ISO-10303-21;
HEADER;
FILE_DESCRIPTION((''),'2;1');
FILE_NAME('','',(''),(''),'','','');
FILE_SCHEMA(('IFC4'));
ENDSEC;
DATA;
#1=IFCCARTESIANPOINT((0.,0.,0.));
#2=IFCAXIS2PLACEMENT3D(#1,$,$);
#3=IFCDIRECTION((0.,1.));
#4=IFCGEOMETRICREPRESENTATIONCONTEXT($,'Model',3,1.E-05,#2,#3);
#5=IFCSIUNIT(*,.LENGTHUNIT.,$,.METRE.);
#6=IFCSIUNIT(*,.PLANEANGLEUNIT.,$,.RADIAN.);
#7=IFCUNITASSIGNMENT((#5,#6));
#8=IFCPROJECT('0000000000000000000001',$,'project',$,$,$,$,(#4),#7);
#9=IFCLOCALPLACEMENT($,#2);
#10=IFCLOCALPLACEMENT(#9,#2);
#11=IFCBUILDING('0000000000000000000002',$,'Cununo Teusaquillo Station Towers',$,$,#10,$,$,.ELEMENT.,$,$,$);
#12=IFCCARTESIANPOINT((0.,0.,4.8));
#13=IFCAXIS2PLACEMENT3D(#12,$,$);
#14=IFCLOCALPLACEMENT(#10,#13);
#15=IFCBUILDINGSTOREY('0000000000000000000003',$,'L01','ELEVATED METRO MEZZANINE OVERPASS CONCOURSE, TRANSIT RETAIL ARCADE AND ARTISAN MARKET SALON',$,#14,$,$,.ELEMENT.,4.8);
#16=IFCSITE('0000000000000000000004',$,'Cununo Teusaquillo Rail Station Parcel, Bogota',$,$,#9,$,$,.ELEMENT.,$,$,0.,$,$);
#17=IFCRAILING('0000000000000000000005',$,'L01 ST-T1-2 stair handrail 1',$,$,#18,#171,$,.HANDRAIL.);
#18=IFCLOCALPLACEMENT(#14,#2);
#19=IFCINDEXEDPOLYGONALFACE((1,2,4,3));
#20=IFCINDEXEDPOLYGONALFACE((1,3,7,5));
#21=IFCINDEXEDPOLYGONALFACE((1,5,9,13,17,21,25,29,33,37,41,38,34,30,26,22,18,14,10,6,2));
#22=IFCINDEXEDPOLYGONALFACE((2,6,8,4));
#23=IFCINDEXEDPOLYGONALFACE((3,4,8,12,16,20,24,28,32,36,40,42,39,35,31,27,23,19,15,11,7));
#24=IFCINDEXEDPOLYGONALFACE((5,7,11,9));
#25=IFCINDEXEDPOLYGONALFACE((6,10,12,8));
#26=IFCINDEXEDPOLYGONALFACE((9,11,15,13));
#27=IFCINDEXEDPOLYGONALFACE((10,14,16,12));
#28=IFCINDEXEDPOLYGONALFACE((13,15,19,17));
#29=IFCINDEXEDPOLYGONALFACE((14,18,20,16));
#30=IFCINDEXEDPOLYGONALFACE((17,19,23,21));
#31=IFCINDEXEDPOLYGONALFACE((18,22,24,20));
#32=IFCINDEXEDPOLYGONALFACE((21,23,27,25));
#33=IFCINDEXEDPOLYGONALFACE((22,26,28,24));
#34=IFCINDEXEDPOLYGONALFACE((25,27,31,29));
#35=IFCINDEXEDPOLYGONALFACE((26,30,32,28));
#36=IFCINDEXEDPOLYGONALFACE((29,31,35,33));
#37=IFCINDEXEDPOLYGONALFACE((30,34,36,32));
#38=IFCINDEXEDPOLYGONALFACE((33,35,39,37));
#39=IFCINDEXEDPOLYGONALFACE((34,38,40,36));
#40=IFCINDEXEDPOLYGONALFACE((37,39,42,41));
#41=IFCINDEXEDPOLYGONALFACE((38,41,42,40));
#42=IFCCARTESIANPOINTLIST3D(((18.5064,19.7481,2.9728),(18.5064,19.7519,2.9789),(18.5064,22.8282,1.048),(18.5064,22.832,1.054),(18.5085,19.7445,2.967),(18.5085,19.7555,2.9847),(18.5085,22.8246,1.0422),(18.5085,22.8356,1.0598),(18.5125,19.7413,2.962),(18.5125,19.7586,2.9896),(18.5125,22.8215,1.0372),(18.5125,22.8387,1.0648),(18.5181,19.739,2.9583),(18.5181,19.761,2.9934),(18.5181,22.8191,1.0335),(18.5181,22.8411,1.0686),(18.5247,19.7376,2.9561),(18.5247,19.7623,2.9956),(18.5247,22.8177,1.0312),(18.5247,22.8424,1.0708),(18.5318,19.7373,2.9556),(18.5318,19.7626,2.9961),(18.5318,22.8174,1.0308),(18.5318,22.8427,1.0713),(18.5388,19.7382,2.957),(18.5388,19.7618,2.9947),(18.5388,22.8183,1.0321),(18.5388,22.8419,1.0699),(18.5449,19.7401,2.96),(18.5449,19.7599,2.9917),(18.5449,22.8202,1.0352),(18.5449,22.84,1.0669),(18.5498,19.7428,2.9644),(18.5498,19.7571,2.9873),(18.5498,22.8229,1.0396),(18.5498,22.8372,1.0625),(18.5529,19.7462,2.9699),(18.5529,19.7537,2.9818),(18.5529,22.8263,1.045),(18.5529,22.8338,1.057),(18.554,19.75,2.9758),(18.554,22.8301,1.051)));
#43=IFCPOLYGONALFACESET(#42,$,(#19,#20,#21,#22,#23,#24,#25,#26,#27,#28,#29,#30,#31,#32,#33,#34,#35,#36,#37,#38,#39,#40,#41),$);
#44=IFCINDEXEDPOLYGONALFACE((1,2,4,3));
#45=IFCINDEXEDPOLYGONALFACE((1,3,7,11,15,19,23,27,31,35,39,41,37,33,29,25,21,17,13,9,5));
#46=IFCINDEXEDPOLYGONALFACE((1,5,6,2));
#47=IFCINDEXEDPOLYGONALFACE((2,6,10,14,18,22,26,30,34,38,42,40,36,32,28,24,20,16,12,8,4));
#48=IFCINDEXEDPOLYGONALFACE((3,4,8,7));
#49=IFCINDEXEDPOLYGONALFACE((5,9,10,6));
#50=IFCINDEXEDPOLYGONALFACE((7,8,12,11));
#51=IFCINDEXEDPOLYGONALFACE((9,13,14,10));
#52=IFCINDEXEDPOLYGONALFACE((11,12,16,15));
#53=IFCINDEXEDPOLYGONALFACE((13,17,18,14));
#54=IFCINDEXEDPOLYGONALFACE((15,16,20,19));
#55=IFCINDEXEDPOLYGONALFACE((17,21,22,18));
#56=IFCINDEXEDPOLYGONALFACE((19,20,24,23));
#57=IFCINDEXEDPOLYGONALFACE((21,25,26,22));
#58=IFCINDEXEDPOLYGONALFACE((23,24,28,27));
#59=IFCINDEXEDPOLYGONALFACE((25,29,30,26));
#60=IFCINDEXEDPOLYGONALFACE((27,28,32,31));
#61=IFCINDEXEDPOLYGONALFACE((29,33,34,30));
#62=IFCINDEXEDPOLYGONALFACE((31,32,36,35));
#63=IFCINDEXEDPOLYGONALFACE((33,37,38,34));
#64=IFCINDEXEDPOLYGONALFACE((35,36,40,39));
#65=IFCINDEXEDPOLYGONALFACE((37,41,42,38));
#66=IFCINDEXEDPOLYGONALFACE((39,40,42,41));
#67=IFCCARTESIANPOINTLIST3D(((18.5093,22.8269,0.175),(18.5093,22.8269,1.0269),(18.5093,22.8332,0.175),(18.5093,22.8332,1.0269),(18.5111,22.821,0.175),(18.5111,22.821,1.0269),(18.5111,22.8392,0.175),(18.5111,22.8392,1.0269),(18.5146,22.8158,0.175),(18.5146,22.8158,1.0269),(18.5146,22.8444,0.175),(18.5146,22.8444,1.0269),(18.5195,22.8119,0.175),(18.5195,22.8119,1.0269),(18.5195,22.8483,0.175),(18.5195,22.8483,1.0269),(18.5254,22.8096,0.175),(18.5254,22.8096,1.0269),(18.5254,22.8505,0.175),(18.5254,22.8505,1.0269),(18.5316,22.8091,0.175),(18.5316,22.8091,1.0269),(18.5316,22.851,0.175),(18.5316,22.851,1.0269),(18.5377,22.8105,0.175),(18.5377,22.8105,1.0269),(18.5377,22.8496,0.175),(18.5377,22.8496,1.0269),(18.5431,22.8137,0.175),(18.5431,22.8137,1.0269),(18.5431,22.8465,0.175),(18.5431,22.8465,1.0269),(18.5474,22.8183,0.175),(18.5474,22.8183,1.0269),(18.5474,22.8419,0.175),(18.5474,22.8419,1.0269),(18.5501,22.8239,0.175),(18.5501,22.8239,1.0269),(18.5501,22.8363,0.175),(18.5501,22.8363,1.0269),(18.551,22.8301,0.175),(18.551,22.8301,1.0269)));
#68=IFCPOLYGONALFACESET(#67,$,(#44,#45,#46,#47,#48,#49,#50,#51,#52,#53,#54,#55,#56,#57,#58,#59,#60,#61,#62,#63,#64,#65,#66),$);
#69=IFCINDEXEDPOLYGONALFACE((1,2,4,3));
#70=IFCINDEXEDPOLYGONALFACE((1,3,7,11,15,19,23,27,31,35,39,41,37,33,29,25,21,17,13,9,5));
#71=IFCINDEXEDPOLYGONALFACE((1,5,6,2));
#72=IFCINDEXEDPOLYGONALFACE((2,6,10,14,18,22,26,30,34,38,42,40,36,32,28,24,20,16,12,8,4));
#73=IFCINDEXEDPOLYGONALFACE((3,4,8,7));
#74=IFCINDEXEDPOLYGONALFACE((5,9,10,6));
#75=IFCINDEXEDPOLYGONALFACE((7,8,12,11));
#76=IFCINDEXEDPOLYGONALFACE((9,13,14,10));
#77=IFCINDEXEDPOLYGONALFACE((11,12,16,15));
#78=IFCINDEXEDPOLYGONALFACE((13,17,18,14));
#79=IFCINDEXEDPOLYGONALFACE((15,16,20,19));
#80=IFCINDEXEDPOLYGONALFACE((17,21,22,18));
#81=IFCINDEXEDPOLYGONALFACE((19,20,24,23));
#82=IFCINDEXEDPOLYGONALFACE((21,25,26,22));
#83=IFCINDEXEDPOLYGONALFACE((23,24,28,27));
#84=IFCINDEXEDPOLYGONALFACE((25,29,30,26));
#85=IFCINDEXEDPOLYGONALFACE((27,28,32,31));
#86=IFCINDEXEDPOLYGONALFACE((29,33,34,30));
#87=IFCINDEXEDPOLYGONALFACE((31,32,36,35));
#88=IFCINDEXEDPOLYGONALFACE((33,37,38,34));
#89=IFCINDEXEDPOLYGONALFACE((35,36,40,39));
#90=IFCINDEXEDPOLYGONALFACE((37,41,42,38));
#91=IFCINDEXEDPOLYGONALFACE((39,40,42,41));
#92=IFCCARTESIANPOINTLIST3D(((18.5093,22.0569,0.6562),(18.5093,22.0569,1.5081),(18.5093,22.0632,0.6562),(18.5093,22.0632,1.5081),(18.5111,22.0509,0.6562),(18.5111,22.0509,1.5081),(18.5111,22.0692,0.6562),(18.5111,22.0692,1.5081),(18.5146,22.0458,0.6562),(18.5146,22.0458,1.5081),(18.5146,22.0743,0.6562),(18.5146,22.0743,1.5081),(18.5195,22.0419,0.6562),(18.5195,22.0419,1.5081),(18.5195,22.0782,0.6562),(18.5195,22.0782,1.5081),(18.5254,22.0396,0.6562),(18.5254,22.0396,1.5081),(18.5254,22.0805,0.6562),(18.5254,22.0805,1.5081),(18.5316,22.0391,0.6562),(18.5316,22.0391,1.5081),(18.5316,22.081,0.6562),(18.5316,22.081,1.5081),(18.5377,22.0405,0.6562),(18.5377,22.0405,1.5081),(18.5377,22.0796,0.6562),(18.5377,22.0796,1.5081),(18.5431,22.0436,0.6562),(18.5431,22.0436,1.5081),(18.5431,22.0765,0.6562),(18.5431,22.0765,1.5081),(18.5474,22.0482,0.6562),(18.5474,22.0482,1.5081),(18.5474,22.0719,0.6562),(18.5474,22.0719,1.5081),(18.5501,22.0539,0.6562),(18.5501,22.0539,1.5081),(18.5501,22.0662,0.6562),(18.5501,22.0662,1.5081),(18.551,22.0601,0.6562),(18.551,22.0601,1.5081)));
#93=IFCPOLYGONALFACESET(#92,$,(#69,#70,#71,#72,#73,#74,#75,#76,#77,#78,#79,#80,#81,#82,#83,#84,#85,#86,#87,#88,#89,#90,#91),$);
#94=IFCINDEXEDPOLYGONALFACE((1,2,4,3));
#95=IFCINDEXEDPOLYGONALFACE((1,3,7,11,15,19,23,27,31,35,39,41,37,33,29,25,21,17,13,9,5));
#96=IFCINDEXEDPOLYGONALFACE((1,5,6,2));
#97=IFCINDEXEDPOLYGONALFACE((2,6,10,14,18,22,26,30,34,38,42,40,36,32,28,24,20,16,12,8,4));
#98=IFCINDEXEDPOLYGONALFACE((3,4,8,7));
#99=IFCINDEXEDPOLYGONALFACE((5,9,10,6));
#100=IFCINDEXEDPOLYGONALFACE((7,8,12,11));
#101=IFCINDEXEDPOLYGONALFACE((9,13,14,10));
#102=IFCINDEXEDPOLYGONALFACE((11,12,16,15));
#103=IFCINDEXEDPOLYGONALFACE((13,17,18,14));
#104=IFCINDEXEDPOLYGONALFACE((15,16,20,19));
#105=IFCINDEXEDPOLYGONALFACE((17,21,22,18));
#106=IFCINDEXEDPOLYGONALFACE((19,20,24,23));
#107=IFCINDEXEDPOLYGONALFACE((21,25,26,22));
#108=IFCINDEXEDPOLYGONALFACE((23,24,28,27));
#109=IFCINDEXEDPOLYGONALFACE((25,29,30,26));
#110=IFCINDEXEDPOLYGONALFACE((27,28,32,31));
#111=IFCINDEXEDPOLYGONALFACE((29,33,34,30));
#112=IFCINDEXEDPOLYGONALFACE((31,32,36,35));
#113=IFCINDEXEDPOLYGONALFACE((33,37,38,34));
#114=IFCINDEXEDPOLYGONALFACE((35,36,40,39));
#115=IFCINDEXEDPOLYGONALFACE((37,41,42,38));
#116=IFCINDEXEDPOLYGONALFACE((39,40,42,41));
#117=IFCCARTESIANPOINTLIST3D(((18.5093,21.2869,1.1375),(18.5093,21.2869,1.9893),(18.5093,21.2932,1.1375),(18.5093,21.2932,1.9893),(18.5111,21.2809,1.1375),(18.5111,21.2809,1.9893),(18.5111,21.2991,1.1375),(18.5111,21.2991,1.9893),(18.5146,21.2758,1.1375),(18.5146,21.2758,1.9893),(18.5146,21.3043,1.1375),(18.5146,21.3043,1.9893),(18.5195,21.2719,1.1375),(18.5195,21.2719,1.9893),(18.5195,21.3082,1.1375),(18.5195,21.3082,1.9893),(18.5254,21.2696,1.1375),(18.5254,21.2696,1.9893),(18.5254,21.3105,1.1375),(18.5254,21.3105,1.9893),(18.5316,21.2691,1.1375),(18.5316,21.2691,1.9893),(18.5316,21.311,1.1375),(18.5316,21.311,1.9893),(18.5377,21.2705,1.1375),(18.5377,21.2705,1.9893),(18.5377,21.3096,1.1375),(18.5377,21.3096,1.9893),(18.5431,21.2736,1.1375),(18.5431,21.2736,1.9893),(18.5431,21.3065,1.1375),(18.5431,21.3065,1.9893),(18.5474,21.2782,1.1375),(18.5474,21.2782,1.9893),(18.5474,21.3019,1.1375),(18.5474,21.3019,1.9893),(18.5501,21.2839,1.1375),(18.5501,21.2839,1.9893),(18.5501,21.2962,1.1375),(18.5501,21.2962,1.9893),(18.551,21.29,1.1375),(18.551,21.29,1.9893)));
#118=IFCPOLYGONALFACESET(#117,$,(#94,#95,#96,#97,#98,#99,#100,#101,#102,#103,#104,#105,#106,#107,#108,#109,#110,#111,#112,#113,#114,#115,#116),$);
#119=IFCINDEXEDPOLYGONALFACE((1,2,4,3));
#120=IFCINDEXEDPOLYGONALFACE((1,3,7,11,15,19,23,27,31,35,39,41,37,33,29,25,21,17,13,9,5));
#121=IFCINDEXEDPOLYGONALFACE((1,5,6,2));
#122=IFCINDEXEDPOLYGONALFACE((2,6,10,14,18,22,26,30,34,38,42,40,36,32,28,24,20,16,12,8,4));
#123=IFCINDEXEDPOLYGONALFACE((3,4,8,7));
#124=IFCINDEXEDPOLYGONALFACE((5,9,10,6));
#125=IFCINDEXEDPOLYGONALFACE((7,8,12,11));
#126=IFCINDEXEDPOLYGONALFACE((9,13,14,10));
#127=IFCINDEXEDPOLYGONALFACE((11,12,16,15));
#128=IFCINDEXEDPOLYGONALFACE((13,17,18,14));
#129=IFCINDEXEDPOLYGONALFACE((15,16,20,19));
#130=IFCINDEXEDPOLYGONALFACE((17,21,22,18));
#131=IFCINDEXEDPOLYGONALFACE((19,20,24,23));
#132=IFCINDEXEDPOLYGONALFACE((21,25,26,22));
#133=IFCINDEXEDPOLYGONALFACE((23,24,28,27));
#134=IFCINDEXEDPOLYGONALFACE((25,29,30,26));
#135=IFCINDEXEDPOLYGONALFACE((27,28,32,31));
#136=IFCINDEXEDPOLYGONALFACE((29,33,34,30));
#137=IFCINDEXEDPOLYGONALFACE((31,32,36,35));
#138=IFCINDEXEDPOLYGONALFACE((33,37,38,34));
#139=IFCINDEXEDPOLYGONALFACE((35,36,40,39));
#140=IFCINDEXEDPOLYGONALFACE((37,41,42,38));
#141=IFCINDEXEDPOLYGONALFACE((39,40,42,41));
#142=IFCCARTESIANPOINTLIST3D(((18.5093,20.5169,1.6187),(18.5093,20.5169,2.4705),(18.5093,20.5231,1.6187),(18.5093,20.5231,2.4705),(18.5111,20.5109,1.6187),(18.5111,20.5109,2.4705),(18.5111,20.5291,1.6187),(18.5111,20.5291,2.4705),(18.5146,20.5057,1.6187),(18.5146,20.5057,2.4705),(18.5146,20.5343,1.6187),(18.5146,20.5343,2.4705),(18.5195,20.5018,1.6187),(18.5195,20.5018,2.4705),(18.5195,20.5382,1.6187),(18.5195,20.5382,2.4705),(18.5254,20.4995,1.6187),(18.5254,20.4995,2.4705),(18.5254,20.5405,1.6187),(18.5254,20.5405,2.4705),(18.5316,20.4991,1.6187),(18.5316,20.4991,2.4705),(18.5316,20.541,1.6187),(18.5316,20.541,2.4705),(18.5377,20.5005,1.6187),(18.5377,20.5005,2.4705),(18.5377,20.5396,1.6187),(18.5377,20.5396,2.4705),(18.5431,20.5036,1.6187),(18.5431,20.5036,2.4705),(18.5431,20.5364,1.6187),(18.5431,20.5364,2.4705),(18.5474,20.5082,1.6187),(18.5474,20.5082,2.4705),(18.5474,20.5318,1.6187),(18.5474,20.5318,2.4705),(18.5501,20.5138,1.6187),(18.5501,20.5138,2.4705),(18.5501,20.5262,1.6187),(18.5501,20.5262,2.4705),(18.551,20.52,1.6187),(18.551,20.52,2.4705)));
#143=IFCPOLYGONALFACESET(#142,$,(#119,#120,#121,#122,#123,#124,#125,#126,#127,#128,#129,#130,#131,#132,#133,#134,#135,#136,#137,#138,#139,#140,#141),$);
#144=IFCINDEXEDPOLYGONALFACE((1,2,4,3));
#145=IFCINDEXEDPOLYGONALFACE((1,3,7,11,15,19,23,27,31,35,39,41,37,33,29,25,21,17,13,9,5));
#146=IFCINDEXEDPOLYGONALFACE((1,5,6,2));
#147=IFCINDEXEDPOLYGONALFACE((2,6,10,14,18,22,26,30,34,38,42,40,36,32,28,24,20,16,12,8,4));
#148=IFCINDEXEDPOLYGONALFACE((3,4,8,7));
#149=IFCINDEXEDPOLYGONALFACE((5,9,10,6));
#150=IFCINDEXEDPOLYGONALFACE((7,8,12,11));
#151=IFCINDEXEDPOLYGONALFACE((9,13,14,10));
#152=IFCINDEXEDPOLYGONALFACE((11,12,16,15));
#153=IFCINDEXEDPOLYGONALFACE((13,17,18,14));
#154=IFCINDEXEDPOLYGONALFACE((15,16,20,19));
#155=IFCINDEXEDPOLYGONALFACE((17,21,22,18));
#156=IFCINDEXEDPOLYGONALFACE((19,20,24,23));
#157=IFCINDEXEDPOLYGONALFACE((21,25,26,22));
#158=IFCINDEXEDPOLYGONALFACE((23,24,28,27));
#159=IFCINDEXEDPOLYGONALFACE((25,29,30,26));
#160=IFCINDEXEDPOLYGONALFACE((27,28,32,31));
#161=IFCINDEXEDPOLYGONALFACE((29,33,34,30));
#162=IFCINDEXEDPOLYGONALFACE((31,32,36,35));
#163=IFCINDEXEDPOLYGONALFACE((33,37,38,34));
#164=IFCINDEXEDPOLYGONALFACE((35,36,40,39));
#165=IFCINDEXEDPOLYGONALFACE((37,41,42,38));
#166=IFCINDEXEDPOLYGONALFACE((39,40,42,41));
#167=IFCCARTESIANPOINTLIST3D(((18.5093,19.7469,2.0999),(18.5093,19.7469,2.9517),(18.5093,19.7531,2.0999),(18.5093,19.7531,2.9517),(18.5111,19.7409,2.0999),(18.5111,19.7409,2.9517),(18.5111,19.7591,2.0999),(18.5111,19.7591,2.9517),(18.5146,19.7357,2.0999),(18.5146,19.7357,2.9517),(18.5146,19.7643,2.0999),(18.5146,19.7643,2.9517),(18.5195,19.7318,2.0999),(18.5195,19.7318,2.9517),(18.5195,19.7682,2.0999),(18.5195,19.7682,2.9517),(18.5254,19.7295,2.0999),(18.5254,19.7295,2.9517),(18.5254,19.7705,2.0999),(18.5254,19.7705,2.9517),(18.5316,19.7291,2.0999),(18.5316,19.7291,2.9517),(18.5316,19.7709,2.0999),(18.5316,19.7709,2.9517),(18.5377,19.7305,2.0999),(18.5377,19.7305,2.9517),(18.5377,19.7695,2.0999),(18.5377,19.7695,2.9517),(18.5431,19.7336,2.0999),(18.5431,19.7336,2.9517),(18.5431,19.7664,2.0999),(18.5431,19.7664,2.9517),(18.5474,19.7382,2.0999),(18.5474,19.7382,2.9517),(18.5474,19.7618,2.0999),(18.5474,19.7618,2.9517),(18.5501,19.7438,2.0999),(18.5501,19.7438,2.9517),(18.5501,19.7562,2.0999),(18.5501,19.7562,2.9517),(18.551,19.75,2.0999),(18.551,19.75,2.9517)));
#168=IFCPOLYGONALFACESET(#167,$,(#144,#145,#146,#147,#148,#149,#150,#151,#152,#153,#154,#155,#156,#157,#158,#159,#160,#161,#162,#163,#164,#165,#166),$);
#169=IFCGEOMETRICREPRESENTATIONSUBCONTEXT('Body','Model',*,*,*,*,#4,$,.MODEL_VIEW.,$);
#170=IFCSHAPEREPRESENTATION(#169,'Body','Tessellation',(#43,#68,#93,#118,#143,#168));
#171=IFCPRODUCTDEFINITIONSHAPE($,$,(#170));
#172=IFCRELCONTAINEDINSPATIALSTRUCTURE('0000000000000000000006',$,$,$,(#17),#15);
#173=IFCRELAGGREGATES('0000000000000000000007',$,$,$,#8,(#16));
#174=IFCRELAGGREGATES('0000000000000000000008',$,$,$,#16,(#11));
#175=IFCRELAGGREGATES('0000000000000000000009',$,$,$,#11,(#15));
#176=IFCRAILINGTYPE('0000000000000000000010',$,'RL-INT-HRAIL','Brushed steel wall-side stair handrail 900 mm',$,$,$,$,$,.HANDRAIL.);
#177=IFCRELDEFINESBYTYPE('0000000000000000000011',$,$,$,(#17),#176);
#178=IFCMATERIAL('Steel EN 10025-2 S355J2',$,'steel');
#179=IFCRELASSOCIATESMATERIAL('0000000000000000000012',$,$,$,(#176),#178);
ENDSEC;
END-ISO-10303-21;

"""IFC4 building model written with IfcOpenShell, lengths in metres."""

from ifc_helpers import new_model, si_unit, direction, frame, origin, origin_2d, place, context, subcontext, project, spatial, circle, extrude, material, type_object, element, save


model = new_model("IFC4")

# Units and contexts
model_context = context("Model", 3, precision=1e-05, world=origin(), true_north=direction((0.0, 1.0)))
body_context = subcontext(model_context, "Body", "Model", "MODEL_VIEW")
ifc_project = project(units=[si_unit("LENGTHUNIT", "METRE"), si_unit("PLANEANGLEUNIT", "RADIAN")], contexts=[model_context])

# Site, building, storey
site_placement = place(None, origin())
site = spatial("IfcSite", under=ifc_project, at=site_placement, Name="Cununo Teusaquillo Rail Station Parcel, Bogota", CompositionType="ELEMENT", RefElevation=0.0)
building_placement = place(site_placement, origin())
building = spatial("IfcBuilding", under=site, at=building_placement, Name="Cununo Teusaquillo Station Towers", CompositionType="ELEMENT")
storey_placement = place(building_placement, frame((0.0, 0.0, 4.8)))
storey = spatial("IfcBuildingStorey", under=building, at=storey_placement, Name="L01", Description="ELEVATED METRO MEZZANINE OVERPASS CONCOURSE, TRANSIT RETAIL ARCADE AND ARTISAN MARKET SALON", CompositionType="ELEMENT", Elevation=4.8)

# Railing
ifc_material_1 = material(Name="Steel EN 10025-2 S355J2", Category="steel")
railing_type_1 = type_object("IfcRailingType", Name="RL-INT-HRAIL", Description="Brushed steel wall-side stair handrail 900 mm", PredefinedType="HANDRAIL", material=ifc_material_1)
railing_1_placement = place(storey_placement, frame((18.53, 22.8301, 0.175)))
element("IfcRailing", 1, at=railing_1_placement, inside=storey, type_object=railing_type_1, Name="L01 ST-T1-2 stair handrail 1", PredefinedType="HANDRAIL", context=body_context, shape_type="SweptSolid", body=[
    extrude(circle(Radius=0.0239, at=origin_2d()), frame((0.0, 0.0, 0.876), z_axis=(0.0, -0.848029, 0.529951), x_axis=(1.0, 0.0, 0.0)), (0.0, 0.0, 1.0), 3.6321),
    extrude(circle(Radius=0.021, at=origin_2d()), origin(), (0.0, 0.0, 1.0), 0.8518),
    extrude(circle(Radius=0.021, at=origin_2d()), frame((0.0, -0.77, 0.4812)), (0.0, 0.0, 1.0), 0.8518),
    extrude(circle(Radius=0.021, at=origin_2d()), frame((0.0, -1.54, 0.9624)), (0.0, 0.0, 1.0), 0.8518),
    extrude(circle(Radius=0.021, at=origin_2d()), frame((0.0, -2.3101, 1.4436)), (0.0, 0.0, 1.0), 0.8518),
    extrude(circle(Radius=0.021, at=origin_2d()), frame((0.0, -3.0801, 1.9248)), (0.0, 0.0, 1.0), 0.8518),
])

save(model, "model.ifc")
